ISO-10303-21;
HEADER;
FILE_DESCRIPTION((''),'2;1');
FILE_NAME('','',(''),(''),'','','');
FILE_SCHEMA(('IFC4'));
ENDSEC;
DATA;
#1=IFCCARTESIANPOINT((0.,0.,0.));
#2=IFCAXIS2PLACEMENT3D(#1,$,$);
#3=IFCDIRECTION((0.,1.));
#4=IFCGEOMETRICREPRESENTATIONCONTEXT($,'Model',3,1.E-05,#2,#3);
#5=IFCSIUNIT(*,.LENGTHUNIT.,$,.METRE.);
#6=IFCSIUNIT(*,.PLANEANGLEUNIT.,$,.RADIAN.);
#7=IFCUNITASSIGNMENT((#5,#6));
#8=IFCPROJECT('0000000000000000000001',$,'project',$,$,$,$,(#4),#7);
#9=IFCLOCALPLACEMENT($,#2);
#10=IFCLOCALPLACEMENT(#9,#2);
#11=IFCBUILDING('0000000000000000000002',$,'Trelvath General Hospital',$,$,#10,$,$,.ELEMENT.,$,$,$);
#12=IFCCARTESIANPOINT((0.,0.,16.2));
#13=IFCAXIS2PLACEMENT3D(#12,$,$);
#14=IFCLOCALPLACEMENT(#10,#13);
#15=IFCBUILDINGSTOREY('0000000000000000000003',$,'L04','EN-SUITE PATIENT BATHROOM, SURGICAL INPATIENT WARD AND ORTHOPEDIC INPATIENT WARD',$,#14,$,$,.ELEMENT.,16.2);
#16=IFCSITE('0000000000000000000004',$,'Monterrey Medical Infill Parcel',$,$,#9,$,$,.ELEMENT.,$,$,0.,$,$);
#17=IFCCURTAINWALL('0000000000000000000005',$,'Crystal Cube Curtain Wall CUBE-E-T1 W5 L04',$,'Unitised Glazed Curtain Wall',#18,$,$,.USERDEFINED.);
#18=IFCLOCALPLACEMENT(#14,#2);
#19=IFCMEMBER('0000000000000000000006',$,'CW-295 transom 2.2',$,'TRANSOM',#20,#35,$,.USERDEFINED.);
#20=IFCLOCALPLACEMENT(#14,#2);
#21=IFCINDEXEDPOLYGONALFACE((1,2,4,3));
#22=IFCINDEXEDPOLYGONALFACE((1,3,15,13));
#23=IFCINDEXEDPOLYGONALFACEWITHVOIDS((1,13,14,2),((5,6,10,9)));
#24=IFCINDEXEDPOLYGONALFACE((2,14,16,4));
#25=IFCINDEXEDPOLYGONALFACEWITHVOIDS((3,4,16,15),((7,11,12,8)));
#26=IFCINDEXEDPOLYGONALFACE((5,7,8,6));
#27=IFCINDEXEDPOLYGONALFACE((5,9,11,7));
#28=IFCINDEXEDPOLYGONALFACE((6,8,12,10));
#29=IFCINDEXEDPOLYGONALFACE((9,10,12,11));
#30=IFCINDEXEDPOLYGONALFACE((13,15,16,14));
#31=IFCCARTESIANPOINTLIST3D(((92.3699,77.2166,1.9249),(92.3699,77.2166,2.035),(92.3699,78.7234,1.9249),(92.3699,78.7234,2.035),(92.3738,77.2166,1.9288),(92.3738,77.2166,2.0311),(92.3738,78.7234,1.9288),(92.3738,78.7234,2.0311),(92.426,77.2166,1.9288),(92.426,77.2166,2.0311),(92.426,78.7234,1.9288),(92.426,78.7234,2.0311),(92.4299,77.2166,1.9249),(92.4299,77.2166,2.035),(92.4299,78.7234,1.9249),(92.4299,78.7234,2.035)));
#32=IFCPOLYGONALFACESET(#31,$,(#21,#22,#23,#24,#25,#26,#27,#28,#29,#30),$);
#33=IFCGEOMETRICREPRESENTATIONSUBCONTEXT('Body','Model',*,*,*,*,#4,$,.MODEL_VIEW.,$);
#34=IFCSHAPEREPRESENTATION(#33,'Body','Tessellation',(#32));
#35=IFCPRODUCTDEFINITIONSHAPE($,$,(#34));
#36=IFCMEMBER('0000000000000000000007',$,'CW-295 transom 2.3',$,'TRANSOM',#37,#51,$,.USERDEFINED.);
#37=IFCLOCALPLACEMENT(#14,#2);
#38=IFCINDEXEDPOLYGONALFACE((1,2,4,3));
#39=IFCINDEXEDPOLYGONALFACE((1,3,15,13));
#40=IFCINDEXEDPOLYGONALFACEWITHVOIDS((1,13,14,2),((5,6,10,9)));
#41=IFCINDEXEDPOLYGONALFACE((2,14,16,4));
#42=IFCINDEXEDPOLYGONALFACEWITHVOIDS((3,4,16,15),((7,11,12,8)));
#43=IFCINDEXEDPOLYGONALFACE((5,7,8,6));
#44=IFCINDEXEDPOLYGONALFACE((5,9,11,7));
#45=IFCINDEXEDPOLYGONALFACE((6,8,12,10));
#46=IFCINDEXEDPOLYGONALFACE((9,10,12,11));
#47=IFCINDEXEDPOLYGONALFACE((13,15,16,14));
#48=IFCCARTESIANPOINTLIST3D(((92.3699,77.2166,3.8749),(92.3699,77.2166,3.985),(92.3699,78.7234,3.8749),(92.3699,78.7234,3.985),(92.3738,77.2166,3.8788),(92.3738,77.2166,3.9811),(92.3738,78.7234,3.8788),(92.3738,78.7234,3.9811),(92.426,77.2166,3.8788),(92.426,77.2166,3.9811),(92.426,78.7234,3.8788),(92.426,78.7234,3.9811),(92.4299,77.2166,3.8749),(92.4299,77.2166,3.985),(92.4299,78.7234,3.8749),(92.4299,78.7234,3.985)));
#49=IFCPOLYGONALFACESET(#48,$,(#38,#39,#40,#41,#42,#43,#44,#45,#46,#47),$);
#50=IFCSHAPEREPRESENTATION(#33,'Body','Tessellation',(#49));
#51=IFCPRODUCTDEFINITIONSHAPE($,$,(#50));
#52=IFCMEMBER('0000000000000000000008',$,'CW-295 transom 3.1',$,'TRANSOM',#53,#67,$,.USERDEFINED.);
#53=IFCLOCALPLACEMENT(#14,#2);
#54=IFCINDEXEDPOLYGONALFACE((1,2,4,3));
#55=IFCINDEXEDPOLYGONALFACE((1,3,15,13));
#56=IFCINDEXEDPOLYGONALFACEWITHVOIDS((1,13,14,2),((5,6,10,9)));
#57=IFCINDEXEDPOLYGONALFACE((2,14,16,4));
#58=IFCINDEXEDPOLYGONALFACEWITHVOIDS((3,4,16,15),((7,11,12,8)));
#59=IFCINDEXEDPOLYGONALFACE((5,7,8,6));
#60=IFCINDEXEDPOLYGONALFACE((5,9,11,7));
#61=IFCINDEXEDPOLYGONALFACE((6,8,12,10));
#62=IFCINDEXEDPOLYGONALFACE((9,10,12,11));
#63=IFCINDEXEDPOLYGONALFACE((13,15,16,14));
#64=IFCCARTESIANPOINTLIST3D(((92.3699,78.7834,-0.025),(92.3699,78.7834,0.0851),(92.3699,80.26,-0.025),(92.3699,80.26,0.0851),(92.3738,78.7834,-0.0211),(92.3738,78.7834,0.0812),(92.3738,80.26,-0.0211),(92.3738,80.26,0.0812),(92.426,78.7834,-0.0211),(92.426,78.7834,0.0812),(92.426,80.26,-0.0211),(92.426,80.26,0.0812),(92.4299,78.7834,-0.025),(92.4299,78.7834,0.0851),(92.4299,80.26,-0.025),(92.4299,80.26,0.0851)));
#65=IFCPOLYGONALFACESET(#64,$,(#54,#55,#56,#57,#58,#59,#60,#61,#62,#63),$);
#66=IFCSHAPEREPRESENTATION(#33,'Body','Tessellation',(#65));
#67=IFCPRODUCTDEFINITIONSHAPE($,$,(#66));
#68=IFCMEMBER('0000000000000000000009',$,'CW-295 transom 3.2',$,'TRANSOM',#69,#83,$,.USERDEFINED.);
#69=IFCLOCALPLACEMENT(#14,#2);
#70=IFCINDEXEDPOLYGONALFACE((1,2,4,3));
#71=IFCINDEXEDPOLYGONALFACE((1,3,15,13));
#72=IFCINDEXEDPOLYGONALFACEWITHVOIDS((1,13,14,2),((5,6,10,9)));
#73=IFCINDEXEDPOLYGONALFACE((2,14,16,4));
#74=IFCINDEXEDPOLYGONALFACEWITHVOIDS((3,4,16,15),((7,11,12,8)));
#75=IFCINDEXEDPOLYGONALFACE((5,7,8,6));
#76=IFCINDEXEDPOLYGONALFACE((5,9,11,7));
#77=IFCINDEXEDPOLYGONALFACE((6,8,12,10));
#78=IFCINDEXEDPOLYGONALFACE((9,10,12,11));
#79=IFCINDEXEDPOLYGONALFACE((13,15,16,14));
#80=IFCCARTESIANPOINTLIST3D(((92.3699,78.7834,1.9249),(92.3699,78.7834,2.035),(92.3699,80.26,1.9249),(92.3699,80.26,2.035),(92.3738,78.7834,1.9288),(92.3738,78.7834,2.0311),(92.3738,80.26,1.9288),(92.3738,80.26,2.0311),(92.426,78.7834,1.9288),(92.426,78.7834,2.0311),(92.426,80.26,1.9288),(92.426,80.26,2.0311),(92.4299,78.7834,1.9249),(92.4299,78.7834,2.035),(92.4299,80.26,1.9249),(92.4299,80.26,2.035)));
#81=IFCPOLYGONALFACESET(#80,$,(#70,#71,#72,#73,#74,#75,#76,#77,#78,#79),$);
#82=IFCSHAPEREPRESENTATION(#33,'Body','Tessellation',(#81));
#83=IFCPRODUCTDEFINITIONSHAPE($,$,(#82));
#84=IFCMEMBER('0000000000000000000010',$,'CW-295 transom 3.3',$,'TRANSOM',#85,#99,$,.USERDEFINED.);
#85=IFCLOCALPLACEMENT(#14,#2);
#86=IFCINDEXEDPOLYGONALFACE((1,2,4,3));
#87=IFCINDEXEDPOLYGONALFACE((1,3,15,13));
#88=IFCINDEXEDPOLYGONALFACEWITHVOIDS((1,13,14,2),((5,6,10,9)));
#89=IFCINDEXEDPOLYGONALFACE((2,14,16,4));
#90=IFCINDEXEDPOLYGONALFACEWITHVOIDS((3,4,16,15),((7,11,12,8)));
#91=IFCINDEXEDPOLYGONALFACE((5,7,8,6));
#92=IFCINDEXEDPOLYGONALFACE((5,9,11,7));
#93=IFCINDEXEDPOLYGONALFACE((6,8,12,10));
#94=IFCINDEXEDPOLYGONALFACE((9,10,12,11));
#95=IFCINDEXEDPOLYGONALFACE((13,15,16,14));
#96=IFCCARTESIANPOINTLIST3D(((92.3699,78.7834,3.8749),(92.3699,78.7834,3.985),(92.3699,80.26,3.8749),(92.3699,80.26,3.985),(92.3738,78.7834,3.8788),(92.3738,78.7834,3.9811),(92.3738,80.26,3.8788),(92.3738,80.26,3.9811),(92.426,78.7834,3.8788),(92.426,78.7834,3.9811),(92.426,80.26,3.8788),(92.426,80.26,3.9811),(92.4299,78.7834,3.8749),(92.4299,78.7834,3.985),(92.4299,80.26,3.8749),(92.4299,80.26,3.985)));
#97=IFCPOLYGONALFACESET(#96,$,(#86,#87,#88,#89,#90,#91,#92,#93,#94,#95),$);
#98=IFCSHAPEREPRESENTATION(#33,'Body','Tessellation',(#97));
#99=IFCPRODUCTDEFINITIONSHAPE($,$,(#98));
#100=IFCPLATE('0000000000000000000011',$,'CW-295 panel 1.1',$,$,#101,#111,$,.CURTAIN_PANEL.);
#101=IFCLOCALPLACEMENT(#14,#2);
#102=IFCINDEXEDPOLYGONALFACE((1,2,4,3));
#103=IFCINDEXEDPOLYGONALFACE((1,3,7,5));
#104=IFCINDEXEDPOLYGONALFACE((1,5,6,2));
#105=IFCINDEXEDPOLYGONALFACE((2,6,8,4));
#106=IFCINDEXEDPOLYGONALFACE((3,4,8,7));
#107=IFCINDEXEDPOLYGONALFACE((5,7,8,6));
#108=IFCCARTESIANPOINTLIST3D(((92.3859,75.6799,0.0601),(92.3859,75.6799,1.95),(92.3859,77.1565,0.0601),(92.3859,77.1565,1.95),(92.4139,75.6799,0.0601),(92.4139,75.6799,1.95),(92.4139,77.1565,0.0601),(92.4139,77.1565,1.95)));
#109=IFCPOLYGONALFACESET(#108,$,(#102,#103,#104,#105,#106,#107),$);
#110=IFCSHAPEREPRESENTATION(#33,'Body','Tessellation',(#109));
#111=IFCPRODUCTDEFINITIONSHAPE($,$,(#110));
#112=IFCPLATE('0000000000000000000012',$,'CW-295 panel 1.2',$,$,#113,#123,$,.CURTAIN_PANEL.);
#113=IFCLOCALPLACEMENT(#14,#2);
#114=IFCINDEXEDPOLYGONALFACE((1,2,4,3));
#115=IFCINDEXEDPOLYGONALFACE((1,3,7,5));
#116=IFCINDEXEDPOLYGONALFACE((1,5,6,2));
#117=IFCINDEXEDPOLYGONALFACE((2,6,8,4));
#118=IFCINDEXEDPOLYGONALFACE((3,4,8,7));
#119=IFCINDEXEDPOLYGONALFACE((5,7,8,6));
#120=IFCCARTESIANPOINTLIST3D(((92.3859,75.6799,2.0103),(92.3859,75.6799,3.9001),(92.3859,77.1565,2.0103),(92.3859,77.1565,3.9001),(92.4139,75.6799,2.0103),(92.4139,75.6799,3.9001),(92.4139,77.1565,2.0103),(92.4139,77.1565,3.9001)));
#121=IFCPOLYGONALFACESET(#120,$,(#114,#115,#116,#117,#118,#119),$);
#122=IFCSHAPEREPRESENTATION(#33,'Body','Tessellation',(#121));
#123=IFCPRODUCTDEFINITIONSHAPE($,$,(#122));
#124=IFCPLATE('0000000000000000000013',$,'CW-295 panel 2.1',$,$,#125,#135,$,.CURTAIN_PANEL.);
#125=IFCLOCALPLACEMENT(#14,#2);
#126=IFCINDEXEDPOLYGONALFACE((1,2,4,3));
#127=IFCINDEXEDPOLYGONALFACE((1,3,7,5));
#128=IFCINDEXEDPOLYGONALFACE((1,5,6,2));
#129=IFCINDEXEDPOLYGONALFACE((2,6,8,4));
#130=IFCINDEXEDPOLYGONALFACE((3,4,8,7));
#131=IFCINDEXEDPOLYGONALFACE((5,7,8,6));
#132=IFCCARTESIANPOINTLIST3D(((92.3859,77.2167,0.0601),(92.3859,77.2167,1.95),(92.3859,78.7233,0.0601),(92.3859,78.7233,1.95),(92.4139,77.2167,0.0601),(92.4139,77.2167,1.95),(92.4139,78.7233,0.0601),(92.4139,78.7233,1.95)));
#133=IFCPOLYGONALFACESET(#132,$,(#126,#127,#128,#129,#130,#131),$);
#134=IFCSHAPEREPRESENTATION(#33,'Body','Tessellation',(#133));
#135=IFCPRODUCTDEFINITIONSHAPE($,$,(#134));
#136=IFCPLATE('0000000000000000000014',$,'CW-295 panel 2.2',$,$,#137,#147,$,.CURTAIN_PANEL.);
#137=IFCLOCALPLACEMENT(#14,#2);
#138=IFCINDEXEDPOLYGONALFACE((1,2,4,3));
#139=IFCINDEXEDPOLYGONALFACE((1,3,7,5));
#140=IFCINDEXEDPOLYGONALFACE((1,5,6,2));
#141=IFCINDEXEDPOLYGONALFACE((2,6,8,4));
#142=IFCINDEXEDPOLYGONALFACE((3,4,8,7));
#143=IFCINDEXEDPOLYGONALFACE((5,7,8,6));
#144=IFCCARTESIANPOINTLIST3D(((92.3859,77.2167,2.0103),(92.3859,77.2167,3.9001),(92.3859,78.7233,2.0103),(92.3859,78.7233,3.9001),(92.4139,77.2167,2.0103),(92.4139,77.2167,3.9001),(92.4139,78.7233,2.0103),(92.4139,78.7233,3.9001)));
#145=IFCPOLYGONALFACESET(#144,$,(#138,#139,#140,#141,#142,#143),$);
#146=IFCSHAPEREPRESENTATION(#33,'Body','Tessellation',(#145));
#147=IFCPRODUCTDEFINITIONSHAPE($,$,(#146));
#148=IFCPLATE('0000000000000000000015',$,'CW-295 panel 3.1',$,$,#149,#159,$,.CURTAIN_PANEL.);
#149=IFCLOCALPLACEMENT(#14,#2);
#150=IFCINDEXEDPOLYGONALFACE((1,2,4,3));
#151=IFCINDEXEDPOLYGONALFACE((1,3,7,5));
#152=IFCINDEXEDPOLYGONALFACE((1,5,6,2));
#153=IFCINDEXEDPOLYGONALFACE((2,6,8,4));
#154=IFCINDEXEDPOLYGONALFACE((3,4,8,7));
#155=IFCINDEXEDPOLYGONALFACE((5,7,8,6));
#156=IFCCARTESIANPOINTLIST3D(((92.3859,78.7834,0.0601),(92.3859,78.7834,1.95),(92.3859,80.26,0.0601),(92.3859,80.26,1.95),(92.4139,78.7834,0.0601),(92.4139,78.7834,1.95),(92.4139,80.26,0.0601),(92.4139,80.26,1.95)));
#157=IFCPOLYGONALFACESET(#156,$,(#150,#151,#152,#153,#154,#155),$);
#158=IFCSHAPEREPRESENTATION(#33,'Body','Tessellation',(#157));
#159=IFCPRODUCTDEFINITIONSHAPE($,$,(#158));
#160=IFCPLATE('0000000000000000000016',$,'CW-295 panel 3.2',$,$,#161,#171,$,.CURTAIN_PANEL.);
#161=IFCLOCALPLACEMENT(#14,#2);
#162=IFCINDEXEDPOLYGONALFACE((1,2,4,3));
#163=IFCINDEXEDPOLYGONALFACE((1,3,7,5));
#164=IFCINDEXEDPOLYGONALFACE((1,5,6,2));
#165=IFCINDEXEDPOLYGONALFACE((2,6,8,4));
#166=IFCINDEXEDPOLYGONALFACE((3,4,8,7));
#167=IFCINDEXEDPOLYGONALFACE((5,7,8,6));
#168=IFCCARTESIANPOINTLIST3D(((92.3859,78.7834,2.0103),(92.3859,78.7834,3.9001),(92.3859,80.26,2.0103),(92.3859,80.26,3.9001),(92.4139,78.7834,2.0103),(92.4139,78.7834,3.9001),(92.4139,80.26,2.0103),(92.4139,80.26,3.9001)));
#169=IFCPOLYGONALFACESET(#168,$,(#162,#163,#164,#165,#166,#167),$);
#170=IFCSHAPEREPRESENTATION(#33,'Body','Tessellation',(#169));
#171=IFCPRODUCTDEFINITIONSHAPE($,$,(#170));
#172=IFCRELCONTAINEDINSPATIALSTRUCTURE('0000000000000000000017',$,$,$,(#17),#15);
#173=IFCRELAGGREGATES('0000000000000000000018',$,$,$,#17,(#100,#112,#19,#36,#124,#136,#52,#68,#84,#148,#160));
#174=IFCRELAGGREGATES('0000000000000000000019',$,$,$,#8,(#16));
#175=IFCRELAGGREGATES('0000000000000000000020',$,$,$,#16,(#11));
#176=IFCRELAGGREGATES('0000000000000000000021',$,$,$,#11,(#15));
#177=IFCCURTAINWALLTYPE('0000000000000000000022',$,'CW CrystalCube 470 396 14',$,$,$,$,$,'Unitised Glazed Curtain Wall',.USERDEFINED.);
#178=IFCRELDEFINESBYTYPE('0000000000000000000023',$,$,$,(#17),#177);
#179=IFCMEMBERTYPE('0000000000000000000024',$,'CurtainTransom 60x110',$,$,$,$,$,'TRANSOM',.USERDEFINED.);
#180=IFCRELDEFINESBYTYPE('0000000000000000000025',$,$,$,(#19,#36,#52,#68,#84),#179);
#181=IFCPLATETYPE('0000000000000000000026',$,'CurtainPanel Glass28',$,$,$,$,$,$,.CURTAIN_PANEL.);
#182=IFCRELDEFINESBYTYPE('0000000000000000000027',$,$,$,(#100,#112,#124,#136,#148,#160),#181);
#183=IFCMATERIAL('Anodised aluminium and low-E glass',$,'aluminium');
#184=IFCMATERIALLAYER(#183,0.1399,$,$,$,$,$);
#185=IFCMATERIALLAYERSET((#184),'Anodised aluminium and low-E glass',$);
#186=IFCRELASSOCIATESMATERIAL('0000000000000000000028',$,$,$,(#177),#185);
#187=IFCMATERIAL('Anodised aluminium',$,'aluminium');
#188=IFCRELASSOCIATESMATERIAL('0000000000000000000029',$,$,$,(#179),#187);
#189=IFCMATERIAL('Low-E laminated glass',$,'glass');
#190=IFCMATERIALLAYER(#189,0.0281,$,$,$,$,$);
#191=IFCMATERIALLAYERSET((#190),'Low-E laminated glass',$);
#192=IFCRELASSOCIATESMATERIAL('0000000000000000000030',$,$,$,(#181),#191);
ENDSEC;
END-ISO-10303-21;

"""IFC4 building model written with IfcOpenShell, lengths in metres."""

from ifc_helpers import new_model, si_unit, direction, frame, origin, origin_2d, place, context, subcontext, project, spatial, rectangle, hollow_rectangle, extrude, material, layer, layer_set, material_profile, profile_set, type_object, element, aggregate, save


model = new_model("IFC4")

# Units and contexts
model_context = context("Model", 3, precision=1e-05, world=origin(), true_north=direction((0.0, 1.0)))
body_context = subcontext(model_context, "Body", "Model", "MODEL_VIEW")
ifc_project = project(units=[si_unit("LENGTHUNIT", "METRE"), si_unit("PLANEANGLEUNIT", "RADIAN")], contexts=[model_context])

# Site, building, storey
site_placement = place(None, origin())
site = spatial("IfcSite", under=ifc_project, at=site_placement, Name="Monterrey Medical Infill Parcel", CompositionType="ELEMENT", RefElevation=0.0)
building_placement = place(site_placement, origin())
building = spatial("IfcBuilding", under=site, at=building_placement, Name="Trelvath General Hospital", CompositionType="ELEMENT")
storey_placement = place(building_placement, frame((0.0, 0.0, 16.2)))
storey = spatial("IfcBuildingStorey", under=building, at=storey_placement, Name="L04", Description="EN-SUITE PATIENT BATHROOM, SURGICAL INPATIENT WARD AND ORTHOPEDIC INPATIENT WARD", CompositionType="ELEMENT", Elevation=16.2)

# Curtain wall
ifc_material_1 = material(Name="Anodised aluminium and low-E glass", Category="aluminium")
ifc_layer_1 = layer(ifc_material_1, 0.1399)
ifc_layer_set_1 = layer_set([ifc_layer_1], Name="Anodised aluminium and low-E glass")
curtain_wall_type_1 = type_object("IfcCurtainWallType", Name="CW CrystalCube 470 396 14", ElementType="Unitised Glazed Curtain Wall", PredefinedType="USERDEFINED", material=ifc_layer_set_1)
curtain_wall_1_placement = place(storey_placement, origin())
curtain_wall_1 = element("IfcCurtainWall", 1, at=curtain_wall_1_placement, inside=storey, type_object=curtain_wall_type_1, Name="Crystal Cube Curtain Wall CUBE-E-T1 W5 L04", ObjectType="Unitised Glazed Curtain Wall", PredefinedType="USERDEFINED")

# Members
ifc_material_2 = material(Name="Anodised aluminium", Category="aluminium")
ifc_material_profile_1 = material_profile(ifc_material_2, hollow_rectangle(XDim=0.0601, YDim=0.1101, WallThickness=0.0039, at=origin_2d()), Name="RHS60x110x4")
ifc_profile_set_1 = profile_set([ifc_material_profile_1], Name="Anodised aluminium")
member_type_1 = type_object("IfcMemberType", Name="CurtainTransom 60x110", ElementType="TRANSOM", PredefinedType="USERDEFINED", material=ifc_profile_set_1)
member_1_placement = place(storey_placement, frame((92.3999, 77.2166, 1.98), z_axis=(0.0, 1.0, 0.0), x_axis=(-1.0, 0.0, 0.0)))
member_1 = element("IfcMember", 2, at=member_1_placement, type_object=member_type_1, Name="CW-295 transom 2.2", ObjectType="TRANSOM", PredefinedType="USERDEFINED", context=body_context, shape_type="SweptSolid", body=[
    extrude(hollow_rectangle(XDim=0.0601, YDim=0.1101, WallThickness=0.0039, at=origin_2d()), origin(), (0.0, 0.0, 1.0), 1.5068),
])
member_2_placement = place(storey_placement, frame((92.3999, 77.2166, 3.9299), z_axis=(0.0, 1.0, 0.0), x_axis=(-1.0, 0.0, 0.0)))
member_2 = element("IfcMember", 3, at=member_2_placement, type_object=member_type_1, Name="CW-295 transom 2.3", ObjectType="TRANSOM", PredefinedType="USERDEFINED", context=body_context, shape_type="SweptSolid", body=[
    extrude(hollow_rectangle(XDim=0.0601, YDim=0.1101, WallThickness=0.0039, at=origin_2d()), origin(), (0.0, 0.0, 1.0), 1.5068),
])
member_3_placement = place(storey_placement, frame((92.3999, 78.7834, 0.03), z_axis=(0.0, 1.0, 0.0), x_axis=(-1.0, 0.0, 0.0)))
member_3 = element("IfcMember", 4, at=member_3_placement, type_object=member_type_1, Name="CW-295 transom 3.1", ObjectType="TRANSOM", PredefinedType="USERDEFINED", context=body_context, shape_type="SweptSolid", body=[
    extrude(hollow_rectangle(XDim=0.0601, YDim=0.1101, WallThickness=0.0039, at=origin_2d()), origin(), (0.0, 0.0, 1.0), 1.4766),
])
member_4_placement = place(storey_placement, frame((92.3999, 78.7834, 1.98), z_axis=(0.0, 1.0, 0.0), x_axis=(-1.0, 0.0, 0.0)))
member_4 = element("IfcMember", 5, at=member_4_placement, type_object=member_type_1, Name="CW-295 transom 3.2", ObjectType="TRANSOM", PredefinedType="USERDEFINED", context=body_context, shape_type="SweptSolid", body=[
    extrude(hollow_rectangle(XDim=0.0601, YDim=0.1101, WallThickness=0.0039, at=origin_2d()), origin(), (0.0, 0.0, 1.0), 1.4766),
])
member_5_placement = place(storey_placement, frame((92.3999, 78.7834, 3.9299), z_axis=(0.0, 1.0, 0.0), x_axis=(-1.0, 0.0, 0.0)))
member_5 = element("IfcMember", 6, at=member_5_placement, type_object=member_type_1, Name="CW-295 transom 3.3", ObjectType="TRANSOM", PredefinedType="USERDEFINED", context=body_context, shape_type="SweptSolid", body=[
    extrude(hollow_rectangle(XDim=0.0601, YDim=0.1101, WallThickness=0.0039, at=origin_2d()), origin(), (0.0, 0.0, 1.0), 1.4766),
])

# Plates
ifc_material_3 = material(Name="Low-E laminated glass", Category="glass")
ifc_layer_2 = layer(ifc_material_3, 0.0281)
ifc_layer_set_2 = layer_set([ifc_layer_2], Name="Low-E laminated glass")
plate_type = type_object("IfcPlateType", Name="CurtainPanel Glass28", PredefinedType="CURTAIN_PANEL", material=ifc_layer_set_2)
plate_1_placement = place(storey_placement, frame((92.3999, 76.4182, 0.0601), z_axis=(0.0, 0.0, 1.0), x_axis=(0.0, 1.0, 0.0)))
plate_1 = element("IfcPlate", 7, at=plate_1_placement, type_object=plate_type, Name="CW-295 panel 1.1", PredefinedType="CURTAIN_PANEL", context=body_context, shape_type="SweptSolid", body=[
    extrude(rectangle(XDim=1.4766, YDim=0.0281, at=origin_2d()), origin(), (0.0, 0.0, 1.0), 1.8899),
])
plate_2_placement = place(storey_placement, frame((92.3999, 76.4182, 2.0103), z_axis=(0.0, 0.0, 1.0), x_axis=(0.0, 1.0, 0.0)))
plate_2 = element("IfcPlate", 8, at=plate_2_placement, type_object=plate_type, Name="CW-295 panel 1.2", PredefinedType="CURTAIN_PANEL", context=body_context, shape_type="SweptSolid", body=[
    extrude(rectangle(XDim=1.4766, YDim=0.0281, at=origin_2d()), origin(), (0.0, 0.0, 1.0), 1.8899),
])
plate_3_placement = place(storey_placement, frame((92.3999, 77.97, 0.0601), z_axis=(0.0, 0.0, 1.0), x_axis=(0.0, 1.0, 0.0)))
plate_3 = element("IfcPlate", 9, at=plate_3_placement, type_object=plate_type, Name="CW-295 panel 2.1", PredefinedType="CURTAIN_PANEL", context=body_context, shape_type="SweptSolid", body=[
    extrude(rectangle(XDim=1.5066, YDim=0.0281, at=origin_2d()), origin(), (0.0, 0.0, 1.0), 1.8899),
])
plate_4_placement = place(storey_placement, frame((92.3999, 77.97, 2.0103), z_axis=(0.0, 0.0, 1.0), x_axis=(0.0, 1.0, 0.0)))
plate_4 = element("IfcPlate", 10, at=plate_4_placement, type_object=plate_type, Name="CW-295 panel 2.2", PredefinedType="CURTAIN_PANEL", context=body_context, shape_type="SweptSolid", body=[
    extrude(rectangle(XDim=1.5066, YDim=0.0281, at=origin_2d()), origin(), (0.0, 0.0, 1.0), 1.8899),
])
plate_5_placement = place(storey_placement, frame((92.3999, 79.5217, 0.0601), z_axis=(0.0, 0.0, 1.0), x_axis=(0.0, 1.0, 0.0)))
plate_5 = element("IfcPlate", 11, at=plate_5_placement, type_object=plate_type, Name="CW-295 panel 3.1", PredefinedType="CURTAIN_PANEL", context=body_context, shape_type="SweptSolid", body=[
    extrude(rectangle(XDim=1.4766, YDim=0.0281, at=origin_2d()), origin(), (0.0, 0.0, 1.0), 1.8899),
])
plate_6_placement = place(storey_placement, frame((92.3999, 79.5217, 2.0103), z_axis=(0.0, 0.0, 1.0), x_axis=(0.0, 1.0, 0.0)))
plate_6 = element("IfcPlate", 12, at=plate_6_placement, type_object=plate_type, Name="CW-295 panel 3.2", PredefinedType="CURTAIN_PANEL", context=body_context, shape_type="SweptSolid", body=[
    extrude(rectangle(XDim=1.4766, YDim=0.0281, at=origin_2d()), origin(), (0.0, 0.0, 1.0), 1.8899),
])
aggregate(curtain_wall_1, [plate_1, plate_2, member_1, member_2, plate_3, plate_4, member_3, member_4, member_5, plate_5, plate_6])

save(model, "model.ifc")
